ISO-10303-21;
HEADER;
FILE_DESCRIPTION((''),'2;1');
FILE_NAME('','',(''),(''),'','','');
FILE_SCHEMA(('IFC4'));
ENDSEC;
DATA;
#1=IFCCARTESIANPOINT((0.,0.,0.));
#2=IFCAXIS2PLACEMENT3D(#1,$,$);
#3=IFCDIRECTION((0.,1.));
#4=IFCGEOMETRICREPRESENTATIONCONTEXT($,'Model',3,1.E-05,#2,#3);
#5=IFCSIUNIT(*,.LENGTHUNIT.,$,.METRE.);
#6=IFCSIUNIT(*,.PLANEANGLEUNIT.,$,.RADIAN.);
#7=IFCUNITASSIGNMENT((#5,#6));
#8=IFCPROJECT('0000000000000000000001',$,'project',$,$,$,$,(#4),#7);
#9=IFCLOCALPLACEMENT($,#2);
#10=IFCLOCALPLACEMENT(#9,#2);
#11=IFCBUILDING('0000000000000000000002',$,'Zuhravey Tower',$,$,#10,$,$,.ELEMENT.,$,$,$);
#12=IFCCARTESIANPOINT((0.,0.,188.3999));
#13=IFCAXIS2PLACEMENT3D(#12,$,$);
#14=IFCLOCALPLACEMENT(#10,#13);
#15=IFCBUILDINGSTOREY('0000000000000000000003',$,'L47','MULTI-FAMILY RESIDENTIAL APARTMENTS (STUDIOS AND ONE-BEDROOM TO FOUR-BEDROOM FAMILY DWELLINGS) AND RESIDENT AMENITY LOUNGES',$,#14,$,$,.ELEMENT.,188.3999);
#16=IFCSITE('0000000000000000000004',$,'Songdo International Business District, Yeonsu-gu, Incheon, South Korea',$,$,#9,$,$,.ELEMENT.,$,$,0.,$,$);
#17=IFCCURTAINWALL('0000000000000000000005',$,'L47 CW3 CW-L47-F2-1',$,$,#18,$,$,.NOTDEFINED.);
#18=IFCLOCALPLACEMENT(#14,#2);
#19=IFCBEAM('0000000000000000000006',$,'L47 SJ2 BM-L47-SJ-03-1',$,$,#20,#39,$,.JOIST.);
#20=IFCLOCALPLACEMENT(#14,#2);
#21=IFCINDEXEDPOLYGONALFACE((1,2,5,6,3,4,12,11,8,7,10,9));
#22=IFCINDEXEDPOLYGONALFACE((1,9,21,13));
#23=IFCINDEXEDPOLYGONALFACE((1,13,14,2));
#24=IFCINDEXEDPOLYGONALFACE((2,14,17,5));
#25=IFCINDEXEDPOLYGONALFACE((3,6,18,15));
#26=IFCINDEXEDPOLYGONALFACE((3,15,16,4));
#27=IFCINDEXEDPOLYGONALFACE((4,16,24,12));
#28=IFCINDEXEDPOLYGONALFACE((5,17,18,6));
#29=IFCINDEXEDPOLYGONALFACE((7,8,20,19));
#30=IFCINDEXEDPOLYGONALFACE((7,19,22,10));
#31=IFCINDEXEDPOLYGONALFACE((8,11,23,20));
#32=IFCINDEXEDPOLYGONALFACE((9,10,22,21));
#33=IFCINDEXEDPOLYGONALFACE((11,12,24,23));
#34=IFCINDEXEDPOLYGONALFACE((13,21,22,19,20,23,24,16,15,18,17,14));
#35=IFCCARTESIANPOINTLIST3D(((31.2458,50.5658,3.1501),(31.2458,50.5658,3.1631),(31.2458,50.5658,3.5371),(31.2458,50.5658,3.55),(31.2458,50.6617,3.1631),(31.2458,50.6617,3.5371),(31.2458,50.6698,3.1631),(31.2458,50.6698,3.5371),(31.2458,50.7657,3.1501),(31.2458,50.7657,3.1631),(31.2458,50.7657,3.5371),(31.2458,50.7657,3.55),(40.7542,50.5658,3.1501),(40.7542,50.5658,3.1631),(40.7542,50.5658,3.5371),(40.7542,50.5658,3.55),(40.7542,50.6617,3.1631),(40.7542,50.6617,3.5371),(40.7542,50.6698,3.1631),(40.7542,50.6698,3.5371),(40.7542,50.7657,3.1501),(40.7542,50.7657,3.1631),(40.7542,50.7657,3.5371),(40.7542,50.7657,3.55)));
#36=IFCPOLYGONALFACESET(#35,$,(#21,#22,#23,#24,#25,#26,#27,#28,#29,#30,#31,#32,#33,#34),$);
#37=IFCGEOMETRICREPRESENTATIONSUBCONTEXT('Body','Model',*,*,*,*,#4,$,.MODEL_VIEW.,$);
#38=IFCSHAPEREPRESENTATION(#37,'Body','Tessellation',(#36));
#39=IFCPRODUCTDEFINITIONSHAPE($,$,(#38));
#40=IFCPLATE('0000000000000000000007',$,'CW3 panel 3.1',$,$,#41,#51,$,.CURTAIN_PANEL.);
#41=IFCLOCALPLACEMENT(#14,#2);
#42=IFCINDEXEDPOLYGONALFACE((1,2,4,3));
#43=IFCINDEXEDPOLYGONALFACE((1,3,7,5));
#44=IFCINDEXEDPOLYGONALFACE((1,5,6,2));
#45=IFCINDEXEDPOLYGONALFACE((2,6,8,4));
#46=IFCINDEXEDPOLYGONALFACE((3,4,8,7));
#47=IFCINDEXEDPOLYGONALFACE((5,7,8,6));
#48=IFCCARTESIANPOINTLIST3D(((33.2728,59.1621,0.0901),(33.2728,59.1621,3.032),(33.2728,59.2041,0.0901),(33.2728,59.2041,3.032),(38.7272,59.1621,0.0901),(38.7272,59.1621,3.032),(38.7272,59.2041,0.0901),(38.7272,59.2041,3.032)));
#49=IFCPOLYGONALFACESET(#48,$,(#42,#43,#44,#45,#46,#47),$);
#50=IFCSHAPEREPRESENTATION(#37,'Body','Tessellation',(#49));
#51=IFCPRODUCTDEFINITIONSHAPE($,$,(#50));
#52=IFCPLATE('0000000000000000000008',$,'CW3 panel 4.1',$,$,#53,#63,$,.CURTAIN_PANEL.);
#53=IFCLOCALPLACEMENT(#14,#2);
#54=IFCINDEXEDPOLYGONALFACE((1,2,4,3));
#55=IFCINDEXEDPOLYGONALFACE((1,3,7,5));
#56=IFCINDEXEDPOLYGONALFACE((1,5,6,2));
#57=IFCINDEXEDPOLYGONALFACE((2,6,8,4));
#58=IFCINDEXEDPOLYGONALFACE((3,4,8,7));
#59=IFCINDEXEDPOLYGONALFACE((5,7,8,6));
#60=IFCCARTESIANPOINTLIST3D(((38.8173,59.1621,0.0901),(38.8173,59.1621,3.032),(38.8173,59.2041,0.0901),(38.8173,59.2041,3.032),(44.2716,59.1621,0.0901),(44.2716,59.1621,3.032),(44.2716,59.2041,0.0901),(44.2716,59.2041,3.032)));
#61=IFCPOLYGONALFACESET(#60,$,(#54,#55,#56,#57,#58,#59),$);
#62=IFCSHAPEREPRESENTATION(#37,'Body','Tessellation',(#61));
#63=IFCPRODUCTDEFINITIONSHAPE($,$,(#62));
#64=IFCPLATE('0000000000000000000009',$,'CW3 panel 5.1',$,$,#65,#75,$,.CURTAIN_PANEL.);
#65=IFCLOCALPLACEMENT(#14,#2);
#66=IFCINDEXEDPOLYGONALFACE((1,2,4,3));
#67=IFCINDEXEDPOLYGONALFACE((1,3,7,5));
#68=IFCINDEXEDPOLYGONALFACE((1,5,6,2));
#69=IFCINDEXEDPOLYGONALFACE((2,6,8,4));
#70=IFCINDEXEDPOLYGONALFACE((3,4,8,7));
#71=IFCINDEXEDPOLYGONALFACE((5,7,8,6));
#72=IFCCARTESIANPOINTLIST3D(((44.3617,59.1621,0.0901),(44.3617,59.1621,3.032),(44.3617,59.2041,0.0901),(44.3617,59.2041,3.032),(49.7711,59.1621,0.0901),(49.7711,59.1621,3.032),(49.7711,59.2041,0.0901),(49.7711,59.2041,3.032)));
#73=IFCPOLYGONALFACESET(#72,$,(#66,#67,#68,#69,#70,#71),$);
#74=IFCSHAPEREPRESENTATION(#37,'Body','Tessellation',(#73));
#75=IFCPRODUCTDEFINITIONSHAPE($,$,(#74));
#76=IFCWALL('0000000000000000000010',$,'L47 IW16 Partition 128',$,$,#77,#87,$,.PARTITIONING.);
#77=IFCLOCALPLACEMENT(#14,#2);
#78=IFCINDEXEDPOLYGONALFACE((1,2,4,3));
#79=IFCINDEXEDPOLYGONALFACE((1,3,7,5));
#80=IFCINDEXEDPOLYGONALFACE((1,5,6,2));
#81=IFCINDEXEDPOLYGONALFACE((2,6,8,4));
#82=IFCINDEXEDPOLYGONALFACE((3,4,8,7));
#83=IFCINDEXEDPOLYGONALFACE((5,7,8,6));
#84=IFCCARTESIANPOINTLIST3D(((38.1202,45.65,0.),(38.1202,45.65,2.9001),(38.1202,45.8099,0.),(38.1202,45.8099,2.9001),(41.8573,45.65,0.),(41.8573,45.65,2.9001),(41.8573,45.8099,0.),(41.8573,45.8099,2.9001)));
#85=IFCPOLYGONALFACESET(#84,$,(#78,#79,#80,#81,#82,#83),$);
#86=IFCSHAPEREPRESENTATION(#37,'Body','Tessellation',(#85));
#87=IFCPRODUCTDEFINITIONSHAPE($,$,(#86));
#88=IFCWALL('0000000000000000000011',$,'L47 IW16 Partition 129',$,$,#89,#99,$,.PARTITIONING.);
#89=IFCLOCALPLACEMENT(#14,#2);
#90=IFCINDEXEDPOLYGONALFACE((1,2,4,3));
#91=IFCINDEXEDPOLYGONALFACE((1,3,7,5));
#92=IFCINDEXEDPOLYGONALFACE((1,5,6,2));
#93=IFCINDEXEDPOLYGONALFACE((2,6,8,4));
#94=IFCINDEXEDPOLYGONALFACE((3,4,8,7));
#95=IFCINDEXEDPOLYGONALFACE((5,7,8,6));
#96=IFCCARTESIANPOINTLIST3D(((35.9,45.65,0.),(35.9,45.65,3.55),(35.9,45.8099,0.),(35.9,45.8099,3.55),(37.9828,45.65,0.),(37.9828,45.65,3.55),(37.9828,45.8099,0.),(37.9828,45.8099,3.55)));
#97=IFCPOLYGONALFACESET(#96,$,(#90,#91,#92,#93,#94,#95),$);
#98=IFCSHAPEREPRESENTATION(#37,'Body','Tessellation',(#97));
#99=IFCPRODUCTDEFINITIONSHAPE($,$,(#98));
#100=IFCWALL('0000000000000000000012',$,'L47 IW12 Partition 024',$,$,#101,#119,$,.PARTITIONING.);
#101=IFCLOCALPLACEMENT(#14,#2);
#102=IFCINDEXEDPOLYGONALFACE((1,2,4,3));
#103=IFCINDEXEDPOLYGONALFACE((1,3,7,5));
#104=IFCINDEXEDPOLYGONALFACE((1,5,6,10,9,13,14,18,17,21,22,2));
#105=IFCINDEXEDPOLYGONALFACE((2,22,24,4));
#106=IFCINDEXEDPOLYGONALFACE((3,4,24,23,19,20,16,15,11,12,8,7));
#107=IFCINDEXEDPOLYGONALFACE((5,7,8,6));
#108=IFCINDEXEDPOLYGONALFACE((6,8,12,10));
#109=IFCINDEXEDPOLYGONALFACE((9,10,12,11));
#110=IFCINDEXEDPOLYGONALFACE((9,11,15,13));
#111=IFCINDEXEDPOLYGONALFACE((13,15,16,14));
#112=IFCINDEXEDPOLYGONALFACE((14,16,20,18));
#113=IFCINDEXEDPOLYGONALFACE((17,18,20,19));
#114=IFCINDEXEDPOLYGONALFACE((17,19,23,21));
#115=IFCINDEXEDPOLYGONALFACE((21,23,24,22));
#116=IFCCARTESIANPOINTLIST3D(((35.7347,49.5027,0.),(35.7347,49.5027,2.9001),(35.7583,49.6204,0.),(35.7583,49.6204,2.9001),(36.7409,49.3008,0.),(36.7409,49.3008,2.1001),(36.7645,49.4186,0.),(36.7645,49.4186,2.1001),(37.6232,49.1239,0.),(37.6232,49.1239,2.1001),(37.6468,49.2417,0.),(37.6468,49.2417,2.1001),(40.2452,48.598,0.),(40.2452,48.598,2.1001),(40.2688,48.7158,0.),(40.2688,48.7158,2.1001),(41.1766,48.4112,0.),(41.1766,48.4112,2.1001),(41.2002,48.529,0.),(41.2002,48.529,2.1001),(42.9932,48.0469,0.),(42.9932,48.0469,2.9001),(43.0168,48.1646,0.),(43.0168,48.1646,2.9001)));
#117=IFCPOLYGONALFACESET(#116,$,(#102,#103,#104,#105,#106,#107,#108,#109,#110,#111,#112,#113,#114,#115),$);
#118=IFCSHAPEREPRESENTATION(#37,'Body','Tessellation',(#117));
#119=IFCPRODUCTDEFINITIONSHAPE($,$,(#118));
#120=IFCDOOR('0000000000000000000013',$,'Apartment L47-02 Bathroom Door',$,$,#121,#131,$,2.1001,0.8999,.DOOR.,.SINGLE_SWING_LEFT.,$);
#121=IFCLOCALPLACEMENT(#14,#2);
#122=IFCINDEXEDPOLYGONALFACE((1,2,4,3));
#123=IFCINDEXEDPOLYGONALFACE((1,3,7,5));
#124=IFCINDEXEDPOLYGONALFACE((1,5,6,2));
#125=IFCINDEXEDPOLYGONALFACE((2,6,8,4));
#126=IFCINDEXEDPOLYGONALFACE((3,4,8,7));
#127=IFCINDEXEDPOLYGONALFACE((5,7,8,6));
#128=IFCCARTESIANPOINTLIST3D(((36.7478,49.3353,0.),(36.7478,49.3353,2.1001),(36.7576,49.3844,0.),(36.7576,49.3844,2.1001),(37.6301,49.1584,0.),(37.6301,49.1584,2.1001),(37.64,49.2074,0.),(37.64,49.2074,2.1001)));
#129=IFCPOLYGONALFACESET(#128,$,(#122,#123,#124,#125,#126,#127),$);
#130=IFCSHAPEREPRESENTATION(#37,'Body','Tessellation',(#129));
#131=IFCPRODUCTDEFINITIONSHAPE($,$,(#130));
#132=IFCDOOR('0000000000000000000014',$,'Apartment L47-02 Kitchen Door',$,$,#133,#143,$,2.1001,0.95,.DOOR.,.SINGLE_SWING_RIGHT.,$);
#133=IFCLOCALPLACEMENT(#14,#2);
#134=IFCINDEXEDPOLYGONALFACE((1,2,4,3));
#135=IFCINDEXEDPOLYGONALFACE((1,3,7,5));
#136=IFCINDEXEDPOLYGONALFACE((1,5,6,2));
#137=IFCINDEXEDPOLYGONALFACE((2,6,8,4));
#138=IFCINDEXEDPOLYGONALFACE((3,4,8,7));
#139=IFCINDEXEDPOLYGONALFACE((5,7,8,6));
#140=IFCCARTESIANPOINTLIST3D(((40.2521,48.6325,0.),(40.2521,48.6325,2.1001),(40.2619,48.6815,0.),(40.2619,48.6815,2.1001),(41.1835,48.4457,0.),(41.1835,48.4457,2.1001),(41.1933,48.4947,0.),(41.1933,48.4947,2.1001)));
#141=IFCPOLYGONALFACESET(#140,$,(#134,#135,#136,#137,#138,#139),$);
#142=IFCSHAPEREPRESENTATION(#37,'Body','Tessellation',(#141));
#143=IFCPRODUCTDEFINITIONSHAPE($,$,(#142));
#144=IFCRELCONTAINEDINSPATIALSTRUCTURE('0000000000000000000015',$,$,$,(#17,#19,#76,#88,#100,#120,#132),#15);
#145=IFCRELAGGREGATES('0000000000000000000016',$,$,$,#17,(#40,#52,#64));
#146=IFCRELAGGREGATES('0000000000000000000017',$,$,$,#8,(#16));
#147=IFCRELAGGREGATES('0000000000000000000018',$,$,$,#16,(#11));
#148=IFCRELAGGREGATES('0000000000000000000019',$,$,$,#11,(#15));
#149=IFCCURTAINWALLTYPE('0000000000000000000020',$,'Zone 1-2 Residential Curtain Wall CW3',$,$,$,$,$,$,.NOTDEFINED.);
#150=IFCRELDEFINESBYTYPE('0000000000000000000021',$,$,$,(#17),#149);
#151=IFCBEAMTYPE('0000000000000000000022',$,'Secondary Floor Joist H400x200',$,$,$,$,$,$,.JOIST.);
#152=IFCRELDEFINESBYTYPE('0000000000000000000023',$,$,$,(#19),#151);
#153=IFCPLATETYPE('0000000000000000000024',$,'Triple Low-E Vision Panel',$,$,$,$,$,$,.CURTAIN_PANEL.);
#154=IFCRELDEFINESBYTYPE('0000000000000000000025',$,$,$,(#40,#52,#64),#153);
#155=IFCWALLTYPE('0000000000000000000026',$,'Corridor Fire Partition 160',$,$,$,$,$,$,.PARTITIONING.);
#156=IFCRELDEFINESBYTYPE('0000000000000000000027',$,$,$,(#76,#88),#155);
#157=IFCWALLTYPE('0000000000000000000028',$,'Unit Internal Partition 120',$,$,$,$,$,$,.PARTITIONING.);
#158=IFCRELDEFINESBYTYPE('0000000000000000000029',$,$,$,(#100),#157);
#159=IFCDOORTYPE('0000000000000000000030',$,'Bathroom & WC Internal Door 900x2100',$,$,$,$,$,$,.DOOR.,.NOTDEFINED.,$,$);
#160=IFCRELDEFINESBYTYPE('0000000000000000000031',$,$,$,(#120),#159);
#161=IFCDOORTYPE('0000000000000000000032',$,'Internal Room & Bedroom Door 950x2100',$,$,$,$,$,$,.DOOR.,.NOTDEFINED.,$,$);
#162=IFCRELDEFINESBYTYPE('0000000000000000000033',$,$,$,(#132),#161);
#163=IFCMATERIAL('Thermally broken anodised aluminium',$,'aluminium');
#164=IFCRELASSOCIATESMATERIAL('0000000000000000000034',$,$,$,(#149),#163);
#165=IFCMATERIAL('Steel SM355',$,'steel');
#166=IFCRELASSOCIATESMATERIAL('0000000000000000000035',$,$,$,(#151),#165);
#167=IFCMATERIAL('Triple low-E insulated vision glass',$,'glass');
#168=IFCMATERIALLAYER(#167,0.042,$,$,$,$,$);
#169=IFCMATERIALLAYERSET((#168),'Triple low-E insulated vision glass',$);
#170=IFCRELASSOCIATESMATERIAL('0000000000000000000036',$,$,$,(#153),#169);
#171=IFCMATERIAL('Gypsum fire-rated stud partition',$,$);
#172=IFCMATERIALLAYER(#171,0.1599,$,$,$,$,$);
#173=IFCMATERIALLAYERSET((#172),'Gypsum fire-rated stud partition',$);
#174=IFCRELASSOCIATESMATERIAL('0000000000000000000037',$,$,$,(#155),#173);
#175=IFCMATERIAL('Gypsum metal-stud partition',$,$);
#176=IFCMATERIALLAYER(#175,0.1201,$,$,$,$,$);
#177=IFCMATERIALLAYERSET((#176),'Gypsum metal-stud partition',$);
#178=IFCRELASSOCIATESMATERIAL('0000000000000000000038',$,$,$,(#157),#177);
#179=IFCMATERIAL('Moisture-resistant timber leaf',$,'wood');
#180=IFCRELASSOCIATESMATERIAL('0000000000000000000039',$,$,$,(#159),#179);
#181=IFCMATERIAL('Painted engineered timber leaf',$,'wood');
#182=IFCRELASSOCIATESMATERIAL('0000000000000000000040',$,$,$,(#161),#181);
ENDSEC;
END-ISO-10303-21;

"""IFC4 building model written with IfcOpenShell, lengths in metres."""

from ifc_helpers import new_model, si_unit, direction, frame, frame_2d, origin, origin_2d, place, context, subcontext, project, spatial, rectangle, i_section, extrude, material, layer, layer_set, material_profile, profile_set, type_object, element, fill, aggregate, save


model = new_model("IFC4")

# Units and contexts
model_context = context("Model", 3, precision=1e-05, world=origin(), true_north=direction((0.0, 1.0)))
body_context = subcontext(model_context, "Body", "Model", "MODEL_VIEW")
ifc_project = project(units=[si_unit("LENGTHUNIT", "METRE"), si_unit("PLANEANGLEUNIT", "RADIAN")], contexts=[model_context])

# Site, building, storey
site_placement = place(None, origin())
site = spatial("IfcSite", under=ifc_project, at=site_placement, Name="Songdo International Business District, Yeonsu-gu, Incheon, South Korea", CompositionType="ELEMENT", RefElevation=0.0)
building_placement = place(site_placement, origin())
building = spatial("IfcBuilding", under=site, at=building_placement, Name="Zuhravey Tower", CompositionType="ELEMENT")
storey_placement = place(building_placement, frame((0.0, 0.0, 188.3999)))
storey = spatial("IfcBuildingStorey", under=building, at=storey_placement, Name="L47", Description="MULTI-FAMILY RESIDENTIAL APARTMENTS (STUDIOS AND ONE-BEDROOM TO FOUR-BEDROOM FAMILY DWELLINGS) AND RESIDENT AMENITY LOUNGES", CompositionType="ELEMENT", Elevation=188.3999)

# Curtain wall
ifc_material_1 = material(Name="Thermally broken anodised aluminium", Category="aluminium")
curtain_wall_type = type_object("IfcCurtainWallType", Name="Zone 1-2 Residential Curtain Wall CW3", PredefinedType="NOTDEFINED", material=ifc_material_1)
curtain_wall_placement = place(storey_placement, origin())
curtain_wall = element("IfcCurtainWall", 1, at=curtain_wall_placement, inside=storey, type_object=curtain_wall_type, Name="L47 CW3 CW-L47-F2-1", PredefinedType="NOTDEFINED")

# Beam
ifc_material_2 = material(Name="Steel SM355", Category="steel")
ifc_material_profile_1 = material_profile(ifc_material_2, i_section(OverallWidth=0.2, OverallDepth=0.3999, WebThickness=0.0081, FlangeThickness=0.0129, at=origin_2d()), Name="H-400x200x8x13")
ifc_profile_set_1 = profile_set([ifc_material_profile_1], Name="Steel SM355")
beam_type_1 = type_object("IfcBeamType", Name="Secondary Floor Joist H400x200", PredefinedType="JOIST", material=ifc_profile_set_1)
beam_1_placement = place(storey_placement, frame((40.7542, 50.6658, 3.3501), z_axis=(-1.0, 0.0, 0.0), x_axis=(0.0, -1.0, 0.0)))
element("IfcBeam", 2, at=beam_1_placement, inside=storey, type_object=beam_type_1, Name="L47 SJ2 BM-L47-SJ-03-1", PredefinedType="JOIST", context=body_context, shape_type="SweptSolid", body=[
    extrude(i_section(OverallWidth=0.2, OverallDepth=0.3999, WebThickness=0.0081, FlangeThickness=0.0129, at=origin_2d()), origin(), (0.0, 0.0, 1.0), 9.5083),
])

# Plates
ifc_material_3 = material(Name="Triple low-E insulated vision glass", Category="glass")
ifc_layer_1 = layer(ifc_material_3, 0.042)
ifc_layer_set_1 = layer_set([ifc_layer_1], Name="Triple low-E insulated vision glass")
plate_type = type_object("IfcPlateType", Name="Triple Low-E Vision Panel", PredefinedType="CURTAIN_PANEL", material=ifc_layer_set_1)
plate_1_placement = place(storey_placement, frame((36.0, 59.1831, 0.0901), z_axis=(0.0, 0.0, 1.0), x_axis=(1.0, 0.0, 0.0)))
plate_1 = element("IfcPlate", 3, at=plate_1_placement, type_object=plate_type, Name="CW3 panel 3.1", PredefinedType="CURTAIN_PANEL", context=body_context, shape_type="SweptSolid", body=[
    extrude(rectangle(XDim=5.4543, YDim=0.042, at=origin_2d()), origin(), (0.0, 0.0, 1.0), 2.9419),
])
plate_2_placement = place(storey_placement, frame((41.5444, 59.1831, 0.0901), z_axis=(0.0, 0.0, 1.0), x_axis=(1.0, 0.0, 0.0)))
plate_2 = element("IfcPlate", 4, at=plate_2_placement, type_object=plate_type, Name="CW3 panel 4.1", PredefinedType="CURTAIN_PANEL", context=body_context, shape_type="SweptSolid", body=[
    extrude(rectangle(XDim=5.4543, YDim=0.042, at=origin_2d()), origin(), (0.0, 0.0, 1.0), 2.9419),
])
plate_3_placement = place(storey_placement, frame((47.0664, 59.1831, 0.0901), z_axis=(0.0, 0.0, 1.0), x_axis=(1.0, 0.0, 0.0)))
plate_3 = element("IfcPlate", 5, at=plate_3_placement, type_object=plate_type, Name="CW3 panel 5.1", PredefinedType="CURTAIN_PANEL", context=body_context, shape_type="SweptSolid", body=[
    extrude(rectangle(XDim=5.4094, YDim=0.042, at=origin_2d()), origin(), (0.0, 0.0, 1.0), 2.9419),
])
aggregate(curtain_wall, [plate_1, plate_2, plate_3])

# Shared definitions
ifc_material_4 = material(Name="Gypsum fire-rated stud partition")
ifc_layer_2 = layer(ifc_material_4, 0.1599)
ifc_layer_set_2 = layer_set([ifc_layer_2], Name="Gypsum fire-rated stud partition")
wall_type_1 = type_object("IfcWallType", Name="Corridor Fire Partition 160", PredefinedType="PARTITIONING", material=ifc_layer_set_2)

# Walls
wall_1_placement = place(storey_placement, frame((41.8574, 45.73, 0.0), z_axis=(0.0, 0.0, 1.0), x_axis=(-1.0, 0.0, 0.0)))
element("IfcWall", 6, at=wall_1_placement, inside=storey, type_object=wall_type_1, Name="L47 IW16 Partition 128", PredefinedType="PARTITIONING", context=body_context, shape_type="SweptSolid", body=[
    extrude(rectangle(XDim=3.7371, YDim=0.1599, at=frame_2d((1.8687, 0.0))), origin(), (0.0, 0.0, 1.0), 2.9001),
])
wall_2_placement = place(storey_placement, frame((37.9829, 45.73, 0.0), z_axis=(0.0, 0.0, 1.0), x_axis=(-1.0, 0.0, 0.0)))
element("IfcWall", 7, at=wall_2_placement, inside=storey, type_object=wall_type_1, Name="L47 IW16 Partition 129", PredefinedType="PARTITIONING", context=body_context, shape_type="SweptSolid", body=[
    extrude(rectangle(XDim=2.0828, YDim=0.1599, at=frame_2d((1.0415, 0.0))), origin(), (0.0, 0.0, 1.0), 3.55),
])

# Wall, openings, doors
ifc_material_5 = material(Name="Gypsum metal-stud partition")
ifc_layer_3 = layer(ifc_material_5, 0.1201)
ifc_layer_set_3 = layer_set([ifc_layer_3], Name="Gypsum metal-stud partition")
wall_type_2 = type_object("IfcWallType", Name="Unit Internal Partition 120", PredefinedType="PARTITIONING", material=ifc_layer_set_3)
wall_3_placement = place(storey_placement, frame((43.0051, 48.1057, 0.0), z_axis=(0.0, 0.0, 1.0), x_axis=(-0.980474, 0.196649, 0.0)))
wall_3 = element("IfcWall", 8, at=wall_3_placement, inside=storey, type_object=wall_type_2, Name="L47 IW12 Partition 024", PredefinedType="PARTITIONING", context=body_context, shape_type="SweptSolid", body=[
    extrude(rectangle(XDim=7.4031, YDim=0.1201, at=frame_2d((3.7017, 0.0))), origin(), (0.0, 0.0, 1.0), 2.9001),
])
opening_1_placement = place(wall_3_placement, frame((1.8528, 0.0, 0.0)))
opening_1 = element("IfcOpeningElement", 9, at=opening_1_placement, cuts=wall_3, PredefinedType="OPENING", context=body_context, shape_type="SweptSolid", body=[
    extrude(rectangle(XDim=0.95, YDim=2.1001, at=frame_2d((0.4751, 1.05))), frame((0.0, 0.072, 0.0), z_axis=(0.0, -1.0, 0.0), x_axis=(1.0, 0.0, 0.0)), (0.0, 0.0, 1.0), 0.144),
])
opening_2_placement = place(wall_3_placement, frame((5.4771, 0.0, 0.0)))
opening_2 = element("IfcOpeningElement", 10, at=opening_2_placement, cuts=wall_3, PredefinedType="OPENING", context=body_context, shape_type="SweptSolid", body=[
    extrude(rectangle(XDim=0.8999, YDim=2.1001, at=frame_2d((0.45, 1.05))), frame((0.0, 0.072, 0.0), z_axis=(0.0, -1.0, 0.0), x_axis=(1.0, 0.0, 0.0)), (0.0, 0.0, 1.0), 0.144),
])
ifc_material_6 = material(Name="Moisture-resistant timber leaf", Category="wood")
door_type_1 = type_object("IfcDoorType", Name="Bathroom & WC Internal Door 900x2100", OperationType="NOTDEFINED", PredefinedType="DOOR", material=ifc_material_6)
door_1_placement = place(opening_2_placement, origin())
door_1 = element("IfcDoor", 11, at=door_1_placement, inside=storey, type_object=door_type_1, Name="Apartment L47-02 Bathroom Door", OperationType="SINGLE_SWING_LEFT", OverallHeight=2.1001, OverallWidth=0.8999, PredefinedType="DOOR", context=body_context, shape_type="SweptSolid", body=[
    extrude(rectangle(XDim=0.8999, YDim=2.1001, at=frame_2d((0.45, 1.05))), frame((0.0, 0.0249, 0.0), z_axis=(0.0, -1.0, 0.0), x_axis=(1.0, 0.0, 0.0)), (0.0, 0.0, 1.0), 0.05),
])
fill(opening_2, door_1)
ifc_material_7 = material(Name="Painted engineered timber leaf", Category="wood")
door_type_2 = type_object("IfcDoorType", Name="Internal Room & Bedroom Door 950x2100", OperationType="NOTDEFINED", PredefinedType="DOOR", material=ifc_material_7)
door_2_placement = place(opening_1_placement, origin())
door_2 = element("IfcDoor", 12, at=door_2_placement, inside=storey, type_object=door_type_2, Name="Apartment L47-02 Kitchen Door", OperationType="SINGLE_SWING_RIGHT", OverallHeight=2.1001, OverallWidth=0.95, PredefinedType="DOOR", context=body_context, shape_type="SweptSolid", body=[
    extrude(rectangle(XDim=0.95, YDim=2.1001, at=frame_2d((0.4751, 1.05))), frame((0.0, 0.0249, 0.0), z_axis=(0.0, -1.0, 0.0), x_axis=(1.0, 0.0, 0.0)), (0.0, 0.0, 1.0), 0.05),
])
fill(opening_1, door_2)

save(model, "model.ifc")
